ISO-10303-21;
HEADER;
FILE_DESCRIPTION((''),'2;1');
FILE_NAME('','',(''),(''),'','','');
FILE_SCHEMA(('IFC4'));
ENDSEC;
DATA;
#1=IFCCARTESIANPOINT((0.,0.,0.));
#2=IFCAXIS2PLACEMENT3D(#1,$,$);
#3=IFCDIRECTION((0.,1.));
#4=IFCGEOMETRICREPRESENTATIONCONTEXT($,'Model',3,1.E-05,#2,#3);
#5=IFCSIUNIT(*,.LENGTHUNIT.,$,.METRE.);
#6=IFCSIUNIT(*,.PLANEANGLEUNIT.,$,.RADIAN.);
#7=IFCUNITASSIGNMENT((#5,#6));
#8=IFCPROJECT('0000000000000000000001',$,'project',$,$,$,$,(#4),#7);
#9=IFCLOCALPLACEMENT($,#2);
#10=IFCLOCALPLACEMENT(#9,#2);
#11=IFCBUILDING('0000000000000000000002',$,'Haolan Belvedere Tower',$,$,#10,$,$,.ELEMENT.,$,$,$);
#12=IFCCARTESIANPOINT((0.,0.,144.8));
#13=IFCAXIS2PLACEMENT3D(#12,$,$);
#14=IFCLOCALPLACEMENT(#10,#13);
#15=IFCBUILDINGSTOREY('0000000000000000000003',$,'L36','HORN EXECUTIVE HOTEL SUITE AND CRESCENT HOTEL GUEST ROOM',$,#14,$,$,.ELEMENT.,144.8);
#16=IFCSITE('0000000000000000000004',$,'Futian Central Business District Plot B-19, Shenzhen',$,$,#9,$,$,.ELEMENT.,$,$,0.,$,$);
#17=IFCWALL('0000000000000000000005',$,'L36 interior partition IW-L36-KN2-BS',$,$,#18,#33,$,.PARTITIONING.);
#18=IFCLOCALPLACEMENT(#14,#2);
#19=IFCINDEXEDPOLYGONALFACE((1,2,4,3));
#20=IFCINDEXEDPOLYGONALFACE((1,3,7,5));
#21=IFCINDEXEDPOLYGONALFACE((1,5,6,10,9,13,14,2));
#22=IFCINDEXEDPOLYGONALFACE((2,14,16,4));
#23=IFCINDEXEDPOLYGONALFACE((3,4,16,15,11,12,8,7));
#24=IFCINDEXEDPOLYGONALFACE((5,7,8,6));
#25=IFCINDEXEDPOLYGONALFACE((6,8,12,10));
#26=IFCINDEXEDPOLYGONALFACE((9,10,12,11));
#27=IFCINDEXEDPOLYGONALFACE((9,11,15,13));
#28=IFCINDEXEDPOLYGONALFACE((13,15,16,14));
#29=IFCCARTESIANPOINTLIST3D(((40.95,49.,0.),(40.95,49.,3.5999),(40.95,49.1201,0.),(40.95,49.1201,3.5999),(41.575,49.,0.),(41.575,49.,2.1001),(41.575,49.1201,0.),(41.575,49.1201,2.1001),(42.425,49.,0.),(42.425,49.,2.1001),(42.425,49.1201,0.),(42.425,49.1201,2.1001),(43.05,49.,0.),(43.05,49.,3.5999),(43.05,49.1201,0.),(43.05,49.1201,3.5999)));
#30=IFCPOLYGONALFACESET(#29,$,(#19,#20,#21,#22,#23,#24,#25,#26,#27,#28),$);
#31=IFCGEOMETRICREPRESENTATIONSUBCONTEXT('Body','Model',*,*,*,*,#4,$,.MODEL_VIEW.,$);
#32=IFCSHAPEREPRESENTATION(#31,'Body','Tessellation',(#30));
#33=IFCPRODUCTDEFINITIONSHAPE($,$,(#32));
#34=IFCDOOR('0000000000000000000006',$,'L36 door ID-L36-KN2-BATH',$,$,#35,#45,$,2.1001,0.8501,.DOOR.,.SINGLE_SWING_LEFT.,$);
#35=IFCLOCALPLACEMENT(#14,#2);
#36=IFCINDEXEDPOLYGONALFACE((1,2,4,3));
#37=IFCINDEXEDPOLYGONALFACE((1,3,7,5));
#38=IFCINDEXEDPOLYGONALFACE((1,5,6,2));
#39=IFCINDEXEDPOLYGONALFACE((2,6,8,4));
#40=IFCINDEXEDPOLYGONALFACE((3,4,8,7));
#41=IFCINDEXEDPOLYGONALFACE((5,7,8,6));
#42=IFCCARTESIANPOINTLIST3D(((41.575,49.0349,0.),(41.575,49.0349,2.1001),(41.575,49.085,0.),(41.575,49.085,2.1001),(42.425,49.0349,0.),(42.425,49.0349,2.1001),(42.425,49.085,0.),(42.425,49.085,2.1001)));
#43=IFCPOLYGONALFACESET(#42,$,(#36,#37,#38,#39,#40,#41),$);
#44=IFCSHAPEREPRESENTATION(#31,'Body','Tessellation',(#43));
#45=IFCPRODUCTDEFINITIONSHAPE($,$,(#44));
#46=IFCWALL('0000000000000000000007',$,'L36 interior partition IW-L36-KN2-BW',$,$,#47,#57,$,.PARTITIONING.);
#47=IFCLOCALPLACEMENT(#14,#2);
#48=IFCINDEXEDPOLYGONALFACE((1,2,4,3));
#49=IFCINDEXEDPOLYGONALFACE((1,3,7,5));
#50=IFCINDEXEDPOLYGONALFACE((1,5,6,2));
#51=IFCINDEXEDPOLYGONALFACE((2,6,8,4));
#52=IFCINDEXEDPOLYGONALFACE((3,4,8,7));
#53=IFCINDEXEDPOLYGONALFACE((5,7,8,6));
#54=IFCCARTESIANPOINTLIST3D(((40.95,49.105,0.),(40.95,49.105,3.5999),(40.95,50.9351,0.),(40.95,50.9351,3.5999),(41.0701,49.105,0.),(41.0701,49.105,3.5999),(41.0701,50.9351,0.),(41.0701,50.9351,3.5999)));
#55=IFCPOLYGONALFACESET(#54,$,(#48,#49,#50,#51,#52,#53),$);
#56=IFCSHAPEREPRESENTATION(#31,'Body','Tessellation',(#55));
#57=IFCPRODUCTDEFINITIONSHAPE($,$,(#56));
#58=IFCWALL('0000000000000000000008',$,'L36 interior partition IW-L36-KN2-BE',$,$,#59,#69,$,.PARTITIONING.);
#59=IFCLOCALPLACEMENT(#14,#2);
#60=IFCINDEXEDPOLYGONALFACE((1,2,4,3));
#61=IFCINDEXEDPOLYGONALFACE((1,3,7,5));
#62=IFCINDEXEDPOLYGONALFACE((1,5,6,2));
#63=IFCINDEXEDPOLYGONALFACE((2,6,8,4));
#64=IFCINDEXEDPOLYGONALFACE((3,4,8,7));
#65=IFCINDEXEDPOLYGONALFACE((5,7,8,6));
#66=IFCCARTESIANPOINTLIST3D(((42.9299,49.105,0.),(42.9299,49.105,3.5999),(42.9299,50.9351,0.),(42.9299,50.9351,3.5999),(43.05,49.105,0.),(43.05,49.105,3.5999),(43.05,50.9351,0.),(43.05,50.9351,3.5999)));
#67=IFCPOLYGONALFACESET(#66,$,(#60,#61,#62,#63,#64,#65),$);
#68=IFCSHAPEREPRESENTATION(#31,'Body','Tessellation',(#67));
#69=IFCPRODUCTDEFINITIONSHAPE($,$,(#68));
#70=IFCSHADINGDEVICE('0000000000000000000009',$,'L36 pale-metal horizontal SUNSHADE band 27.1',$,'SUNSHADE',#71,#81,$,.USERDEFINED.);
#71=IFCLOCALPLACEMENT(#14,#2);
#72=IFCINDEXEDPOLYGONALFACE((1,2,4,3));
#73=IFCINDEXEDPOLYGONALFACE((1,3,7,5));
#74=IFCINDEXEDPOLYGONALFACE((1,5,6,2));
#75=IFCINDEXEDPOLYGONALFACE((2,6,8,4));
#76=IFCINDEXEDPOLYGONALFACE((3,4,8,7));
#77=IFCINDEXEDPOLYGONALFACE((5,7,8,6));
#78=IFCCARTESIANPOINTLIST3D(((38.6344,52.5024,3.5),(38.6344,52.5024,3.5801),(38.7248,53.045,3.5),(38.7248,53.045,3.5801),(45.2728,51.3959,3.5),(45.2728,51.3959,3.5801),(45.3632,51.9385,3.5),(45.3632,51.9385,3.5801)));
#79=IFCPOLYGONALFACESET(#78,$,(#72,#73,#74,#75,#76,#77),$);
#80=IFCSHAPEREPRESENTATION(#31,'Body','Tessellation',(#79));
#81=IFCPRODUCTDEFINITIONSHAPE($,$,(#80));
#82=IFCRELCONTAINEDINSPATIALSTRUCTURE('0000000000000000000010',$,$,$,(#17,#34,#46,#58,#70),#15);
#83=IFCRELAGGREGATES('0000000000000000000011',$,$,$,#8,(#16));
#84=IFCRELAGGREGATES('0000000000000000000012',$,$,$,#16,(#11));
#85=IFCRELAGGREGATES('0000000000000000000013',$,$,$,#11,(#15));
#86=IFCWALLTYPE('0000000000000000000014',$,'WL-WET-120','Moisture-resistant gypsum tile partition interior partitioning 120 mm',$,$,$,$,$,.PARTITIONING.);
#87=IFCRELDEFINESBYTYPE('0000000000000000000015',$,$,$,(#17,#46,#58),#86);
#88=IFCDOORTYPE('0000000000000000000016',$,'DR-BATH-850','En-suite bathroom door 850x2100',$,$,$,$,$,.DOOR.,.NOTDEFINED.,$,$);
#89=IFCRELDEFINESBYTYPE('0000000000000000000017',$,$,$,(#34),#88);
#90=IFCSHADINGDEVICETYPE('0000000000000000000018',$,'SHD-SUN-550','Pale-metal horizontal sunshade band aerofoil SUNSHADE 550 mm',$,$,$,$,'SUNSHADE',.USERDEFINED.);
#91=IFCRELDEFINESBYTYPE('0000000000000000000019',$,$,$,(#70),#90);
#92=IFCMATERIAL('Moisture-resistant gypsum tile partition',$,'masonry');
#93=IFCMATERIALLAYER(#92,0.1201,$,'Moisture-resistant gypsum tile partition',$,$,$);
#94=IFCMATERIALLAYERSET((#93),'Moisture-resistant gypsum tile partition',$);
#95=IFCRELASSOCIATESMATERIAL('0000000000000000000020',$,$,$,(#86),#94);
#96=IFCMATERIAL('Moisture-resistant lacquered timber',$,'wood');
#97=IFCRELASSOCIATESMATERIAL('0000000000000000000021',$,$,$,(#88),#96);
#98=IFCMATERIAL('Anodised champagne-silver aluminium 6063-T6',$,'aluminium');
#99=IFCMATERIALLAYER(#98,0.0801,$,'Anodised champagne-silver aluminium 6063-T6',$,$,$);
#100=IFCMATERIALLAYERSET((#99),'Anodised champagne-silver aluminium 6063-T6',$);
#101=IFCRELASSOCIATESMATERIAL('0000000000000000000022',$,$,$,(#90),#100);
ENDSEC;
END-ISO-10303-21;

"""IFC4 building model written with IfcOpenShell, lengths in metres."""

from ifc_helpers import new_model, si_unit, direction, frame, frame_2d, origin, origin_2d, place, context, subcontext, project, spatial, rectangle, extrude, material, layer, layer_set, type_object, element, fill, save


model = new_model("IFC4")

# Units and contexts
model_context = context("Model", 3, precision=1e-05, world=origin(), true_north=direction((0.0, 1.0)))
body_context = subcontext(model_context, "Body", "Model", "MODEL_VIEW")
ifc_project = project(units=[si_unit("LENGTHUNIT", "METRE"), si_unit("PLANEANGLEUNIT", "RADIAN")], contexts=[model_context])

# Site, building, storey
site_placement = place(None, origin())
site = spatial("IfcSite", under=ifc_project, at=site_placement, Name="Futian Central Business District Plot B-19, Shenzhen", CompositionType="ELEMENT", RefElevation=0.0)
building_placement = place(site_placement, origin())
building = spatial("IfcBuilding", under=site, at=building_placement, Name="Haolan Belvedere Tower", CompositionType="ELEMENT")
storey_placement = place(building_placement, frame((0.0, 0.0, 144.8)))
storey = spatial("IfcBuildingStorey", under=building, at=storey_placement, Name="L36", Description="HORN EXECUTIVE HOTEL SUITE AND CRESCENT HOTEL GUEST ROOM", CompositionType="ELEMENT", Elevation=144.8)

# Shared definitions
ifc_material_1 = material(Name="Moisture-resistant gypsum tile partition", Category="masonry")
ifc_layer_1 = layer(ifc_material_1, 0.1201, Name="Moisture-resistant gypsum tile partition")
ifc_layer_set_1 = layer_set([ifc_layer_1], Name="Moisture-resistant gypsum tile partition")
wall_type_1 = type_object("IfcWallType", Name="WL-WET-120", Description="Moisture-resistant gypsum tile partition interior partitioning 120 mm", PredefinedType="PARTITIONING", material=ifc_layer_set_1)

# Wall, opening, door
wall_1_placement = place(storey_placement, frame((40.95, 49.0601, 0.0), z_axis=(0.0, 0.0, 1.0), x_axis=(1.0, 0.0, 0.0)))
wall_1 = element("IfcWall", 1, at=wall_1_placement, inside=storey, type_object=wall_type_1, Name="L36 interior partition IW-L36-KN2-BS", PredefinedType="PARTITIONING", context=body_context, shape_type="SweptSolid", body=[
    extrude(rectangle(XDim=2.1001, YDim=0.1201, at=frame_2d((1.05, 0.0))), origin(), (0.0, 0.0, 1.0), 3.5999),
])
opening_1_placement = place(wall_1_placement, frame((0.625, 0.0, 0.0)))
opening_1 = element("IfcOpeningElement", 2, at=opening_1_placement, cuts=wall_1, PredefinedType="OPENING", context=body_context, shape_type="SweptSolid", body=[
    extrude(rectangle(XDim=0.8501, YDim=2.1001, at=frame_2d((0.425, 1.05))), frame((0.0, 0.0701, 0.0), z_axis=(0.0, -1.0, 0.0), x_axis=(1.0, 0.0, 0.0)), (0.0, 0.0, 1.0), 0.1401),
])
ifc_material_2 = material(Name="Moisture-resistant lacquered timber", Category="wood")
door_type_1 = type_object("IfcDoorType", Name="DR-BATH-850", Description="En-suite bathroom door 850x2100", OperationType="NOTDEFINED", PredefinedType="DOOR", material=ifc_material_2)
door_1_placement = place(opening_1_placement, origin())
door_1 = element("IfcDoor", 3, at=door_1_placement, inside=storey, type_object=door_type_1, Name="L36 door ID-L36-KN2-BATH", OperationType="SINGLE_SWING_LEFT", OverallHeight=2.1001, OverallWidth=0.8501, PredefinedType="DOOR", context=body_context, shape_type="SweptSolid", body=[
    extrude(rectangle(XDim=0.8501, YDim=2.1001, at=frame_2d((0.425, 1.05))), frame((0.0, 0.0249, 0.0), z_axis=(0.0, -1.0, 0.0), x_axis=(1.0, 0.0, 0.0)), (0.0, 0.0, 1.0), 0.05),
])
fill(opening_1, door_1)

# Walls
for number, where, z_axis, x_axis, name in (
    (4, (41.01, 49.105, 0.0), (0.0, 0.0, 1.0), (0.0, 1.0, 0.0), "L36 interior partition IW-L36-KN2-BW"),
    (5, (42.99, 49.105, 0.0), (0.0, 0.0, 1.0), (0.0, 1.0, 0.0), "L36 interior partition IW-L36-KN2-BE"),
):
    element("IfcWall", number, at=place(storey_placement, frame(where, z_axis=z_axis, x_axis=x_axis)), inside=storey, type_object=wall_type_1, Name=name, PredefinedType="PARTITIONING", context=body_context, shape_type="SweptSolid", body=[
        extrude(rectangle(XDim=1.8301, YDim=0.1201, at=frame_2d((0.915, 0.0))), origin(), (0.0, 0.0, 1.0), 3.5999),
    ])

# Shading device
ifc_material_3 = material(Name="Anodised champagne-silver aluminium 6063-T6", Category="aluminium")
ifc_layer_2 = layer(ifc_material_3, 0.0801, Name="Anodised champagne-silver aluminium 6063-T6")
ifc_layer_set_2 = layer_set([ifc_layer_2], Name="Anodised champagne-silver aluminium 6063-T6")
shading_device_type = type_object("IfcShadingDeviceType", Name="SHD-SUN-550", Description="Pale-metal horizontal sunshade band aerofoil SUNSHADE 550 mm", ElementType="SUNSHADE", PredefinedType="USERDEFINED", material=ifc_layer_set_2)
shading_device_placement = place(storey_placement, frame((41.9988, 52.2205, 3.5), z_axis=(0.0, 0.0, 1.0), x_axis=(-0.986392, 0.164411, 0.0)))
element("IfcShadingDevice", 6, at=shading_device_placement, inside=storey, type_object=shading_device_type, Name="L36 pale-metal horizontal SUNSHADE band 27.1", ObjectType="SUNSHADE", PredefinedType="USERDEFINED", context=body_context, shape_type="SweptSolid", body=[
    extrude(rectangle(XDim=6.73, YDim=0.55, at=origin_2d()), origin(), (0.0, 0.0, 1.0), 0.0801),
])

save(model, "model.ifc")
